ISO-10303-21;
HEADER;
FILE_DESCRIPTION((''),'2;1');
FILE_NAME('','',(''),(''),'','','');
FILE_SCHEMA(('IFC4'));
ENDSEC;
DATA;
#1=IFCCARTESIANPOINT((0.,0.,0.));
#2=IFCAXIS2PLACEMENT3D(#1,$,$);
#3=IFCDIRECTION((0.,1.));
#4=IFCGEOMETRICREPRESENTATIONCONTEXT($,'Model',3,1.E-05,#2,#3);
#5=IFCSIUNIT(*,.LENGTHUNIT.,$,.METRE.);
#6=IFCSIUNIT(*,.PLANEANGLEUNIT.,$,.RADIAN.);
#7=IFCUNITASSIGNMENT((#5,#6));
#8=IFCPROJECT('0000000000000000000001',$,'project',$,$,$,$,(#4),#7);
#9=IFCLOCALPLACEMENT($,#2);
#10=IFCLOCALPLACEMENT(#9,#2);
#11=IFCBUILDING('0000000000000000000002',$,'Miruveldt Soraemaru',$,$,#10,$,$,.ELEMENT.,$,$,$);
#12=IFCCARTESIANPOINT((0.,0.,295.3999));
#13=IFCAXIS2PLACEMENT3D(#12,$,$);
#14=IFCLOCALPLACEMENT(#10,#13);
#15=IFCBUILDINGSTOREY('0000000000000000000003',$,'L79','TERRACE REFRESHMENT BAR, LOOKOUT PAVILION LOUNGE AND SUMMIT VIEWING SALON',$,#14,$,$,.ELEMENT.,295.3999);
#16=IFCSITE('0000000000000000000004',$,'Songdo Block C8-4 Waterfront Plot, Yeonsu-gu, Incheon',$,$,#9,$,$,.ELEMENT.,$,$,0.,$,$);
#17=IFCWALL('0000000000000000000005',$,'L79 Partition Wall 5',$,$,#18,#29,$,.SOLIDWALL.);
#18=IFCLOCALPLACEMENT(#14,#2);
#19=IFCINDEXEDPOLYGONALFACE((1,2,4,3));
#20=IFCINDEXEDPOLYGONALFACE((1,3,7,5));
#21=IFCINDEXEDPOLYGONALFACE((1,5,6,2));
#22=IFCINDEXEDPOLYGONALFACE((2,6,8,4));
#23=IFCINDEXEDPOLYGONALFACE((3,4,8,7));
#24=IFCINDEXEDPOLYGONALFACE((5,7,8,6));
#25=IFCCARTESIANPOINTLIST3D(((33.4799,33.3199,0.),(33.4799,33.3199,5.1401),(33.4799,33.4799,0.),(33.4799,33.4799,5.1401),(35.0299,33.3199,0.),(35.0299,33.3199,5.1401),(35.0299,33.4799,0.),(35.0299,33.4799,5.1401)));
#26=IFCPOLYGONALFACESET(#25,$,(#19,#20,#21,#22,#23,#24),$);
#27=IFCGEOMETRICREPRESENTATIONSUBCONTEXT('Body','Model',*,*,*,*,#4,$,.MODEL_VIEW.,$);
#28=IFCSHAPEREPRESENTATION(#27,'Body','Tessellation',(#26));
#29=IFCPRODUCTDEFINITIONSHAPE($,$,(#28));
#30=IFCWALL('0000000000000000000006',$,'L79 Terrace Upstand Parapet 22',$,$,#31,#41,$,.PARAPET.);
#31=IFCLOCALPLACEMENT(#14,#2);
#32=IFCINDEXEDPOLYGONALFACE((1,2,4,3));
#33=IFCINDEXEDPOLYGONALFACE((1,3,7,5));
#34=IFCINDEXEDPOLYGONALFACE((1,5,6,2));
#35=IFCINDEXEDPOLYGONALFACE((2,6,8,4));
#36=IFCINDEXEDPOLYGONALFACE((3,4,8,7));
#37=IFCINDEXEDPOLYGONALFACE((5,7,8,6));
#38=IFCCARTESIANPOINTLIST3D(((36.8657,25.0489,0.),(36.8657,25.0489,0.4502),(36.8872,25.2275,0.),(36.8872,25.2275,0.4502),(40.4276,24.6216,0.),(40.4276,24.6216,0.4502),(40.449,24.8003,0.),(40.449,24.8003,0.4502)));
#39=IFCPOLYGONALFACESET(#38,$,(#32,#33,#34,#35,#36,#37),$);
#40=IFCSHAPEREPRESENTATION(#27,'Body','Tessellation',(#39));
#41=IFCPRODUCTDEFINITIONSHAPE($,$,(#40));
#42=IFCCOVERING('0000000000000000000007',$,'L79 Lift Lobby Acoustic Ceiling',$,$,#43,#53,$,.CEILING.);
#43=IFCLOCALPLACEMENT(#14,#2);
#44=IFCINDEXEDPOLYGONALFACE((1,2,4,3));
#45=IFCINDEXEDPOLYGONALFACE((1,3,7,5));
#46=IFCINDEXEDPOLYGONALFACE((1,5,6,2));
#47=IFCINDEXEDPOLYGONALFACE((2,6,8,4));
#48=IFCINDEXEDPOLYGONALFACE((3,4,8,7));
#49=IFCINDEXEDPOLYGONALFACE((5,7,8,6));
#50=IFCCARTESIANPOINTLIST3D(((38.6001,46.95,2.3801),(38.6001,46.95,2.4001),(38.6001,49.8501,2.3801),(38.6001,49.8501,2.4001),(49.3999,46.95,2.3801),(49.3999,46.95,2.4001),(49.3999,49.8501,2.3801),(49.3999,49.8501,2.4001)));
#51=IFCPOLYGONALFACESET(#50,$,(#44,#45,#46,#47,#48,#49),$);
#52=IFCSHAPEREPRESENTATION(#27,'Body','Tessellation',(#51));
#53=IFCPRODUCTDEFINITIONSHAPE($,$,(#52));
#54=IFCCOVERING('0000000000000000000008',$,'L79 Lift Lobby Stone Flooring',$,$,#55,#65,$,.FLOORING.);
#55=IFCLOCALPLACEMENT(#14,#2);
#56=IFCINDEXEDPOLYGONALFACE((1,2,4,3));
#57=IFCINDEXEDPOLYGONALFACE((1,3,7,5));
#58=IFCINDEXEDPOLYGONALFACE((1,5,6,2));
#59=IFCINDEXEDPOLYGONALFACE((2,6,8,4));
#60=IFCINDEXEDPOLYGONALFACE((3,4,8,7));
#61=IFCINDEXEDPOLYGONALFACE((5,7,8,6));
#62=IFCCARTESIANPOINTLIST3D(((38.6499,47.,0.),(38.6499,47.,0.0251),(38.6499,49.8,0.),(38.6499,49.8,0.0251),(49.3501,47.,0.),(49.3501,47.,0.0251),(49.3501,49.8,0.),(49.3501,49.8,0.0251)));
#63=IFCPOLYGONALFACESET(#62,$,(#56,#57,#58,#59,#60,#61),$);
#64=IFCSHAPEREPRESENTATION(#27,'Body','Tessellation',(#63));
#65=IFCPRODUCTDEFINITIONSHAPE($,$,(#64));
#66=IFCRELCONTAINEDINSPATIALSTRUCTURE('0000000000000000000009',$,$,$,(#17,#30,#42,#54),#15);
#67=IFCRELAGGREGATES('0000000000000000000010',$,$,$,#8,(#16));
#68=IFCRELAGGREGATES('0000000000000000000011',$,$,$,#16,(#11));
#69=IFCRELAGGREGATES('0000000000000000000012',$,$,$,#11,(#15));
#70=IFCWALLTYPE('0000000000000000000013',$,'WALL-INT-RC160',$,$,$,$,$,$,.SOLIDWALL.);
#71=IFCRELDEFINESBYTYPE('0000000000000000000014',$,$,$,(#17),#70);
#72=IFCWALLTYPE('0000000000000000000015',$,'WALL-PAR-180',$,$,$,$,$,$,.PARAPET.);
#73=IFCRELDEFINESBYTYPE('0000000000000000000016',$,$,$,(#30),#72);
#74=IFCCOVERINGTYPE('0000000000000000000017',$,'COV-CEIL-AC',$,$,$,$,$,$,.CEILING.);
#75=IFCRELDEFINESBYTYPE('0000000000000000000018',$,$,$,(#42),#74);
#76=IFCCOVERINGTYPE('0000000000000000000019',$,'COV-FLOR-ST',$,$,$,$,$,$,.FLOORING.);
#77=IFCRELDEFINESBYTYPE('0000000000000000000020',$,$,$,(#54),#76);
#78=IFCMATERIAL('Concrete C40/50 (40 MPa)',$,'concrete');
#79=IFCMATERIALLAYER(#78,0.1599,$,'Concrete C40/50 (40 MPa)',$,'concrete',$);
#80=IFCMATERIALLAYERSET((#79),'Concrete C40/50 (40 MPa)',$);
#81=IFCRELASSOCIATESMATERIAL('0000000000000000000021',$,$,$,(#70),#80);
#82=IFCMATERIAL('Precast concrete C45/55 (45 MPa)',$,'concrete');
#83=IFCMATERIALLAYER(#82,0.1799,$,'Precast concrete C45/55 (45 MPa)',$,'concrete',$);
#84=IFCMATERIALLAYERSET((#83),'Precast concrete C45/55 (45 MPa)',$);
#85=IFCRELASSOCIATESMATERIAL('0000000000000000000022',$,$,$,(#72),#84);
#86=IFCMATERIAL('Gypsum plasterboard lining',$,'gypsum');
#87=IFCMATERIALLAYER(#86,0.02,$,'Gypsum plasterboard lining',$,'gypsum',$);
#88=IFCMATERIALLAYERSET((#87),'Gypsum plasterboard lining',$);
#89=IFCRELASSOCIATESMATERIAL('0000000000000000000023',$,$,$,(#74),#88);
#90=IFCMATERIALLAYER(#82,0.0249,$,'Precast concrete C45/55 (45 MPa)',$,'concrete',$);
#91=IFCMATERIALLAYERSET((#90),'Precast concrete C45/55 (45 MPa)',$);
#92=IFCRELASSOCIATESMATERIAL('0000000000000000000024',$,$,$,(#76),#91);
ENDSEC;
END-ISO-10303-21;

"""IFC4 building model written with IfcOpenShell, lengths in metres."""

from ifc_helpers import new_model, si_unit, direction, frame, frame_2d, origin, place, context, subcontext, project, spatial, polyline, rectangle, outline, extrude, material, layer, layer_set, type_object, element, save


model = new_model("IFC4")

# Units and contexts
model_context = context("Model", 3, precision=1e-05, world=origin(), true_north=direction((0.0, 1.0)))
body_context = subcontext(model_context, "Body", "Model", "MODEL_VIEW")
ifc_project = project(units=[si_unit("LENGTHUNIT", "METRE"), si_unit("PLANEANGLEUNIT", "RADIAN")], contexts=[model_context])

# Site, building, storey
site_placement = place(None, origin())
site = spatial("IfcSite", under=ifc_project, at=site_placement, Name="Songdo Block C8-4 Waterfront Plot, Yeonsu-gu, Incheon", CompositionType="ELEMENT", RefElevation=0.0)
building_placement = place(site_placement, origin())
building = spatial("IfcBuilding", under=site, at=building_placement, Name="Miruveldt Soraemaru", CompositionType="ELEMENT")
storey_placement = place(building_placement, frame((0.0, 0.0, 295.3999)))
storey = spatial("IfcBuildingStorey", under=building, at=storey_placement, Name="L79", Description="TERRACE REFRESHMENT BAR, LOOKOUT PAVILION LOUNGE AND SUMMIT VIEWING SALON", CompositionType="ELEMENT", Elevation=295.3999)

# Shared definitions
ifc_material_1 = material(Name="Concrete C40/50 (40 MPa)", Category="concrete")

# Shared definitions
ifc_material_2 = material(Name="Precast concrete C45/55 (45 MPa)", Category="concrete")

# Walls
ifc_material_3 = material(Name="Gypsum plasterboard lining", Category="gypsum")
ifc_layer_1 = layer(ifc_material_1, 0.1599, Name="Concrete C40/50 (40 MPa)", Category="concrete")
ifc_layer_set_1 = layer_set([ifc_layer_1], Name="Concrete C40/50 (40 MPa)")
wall_type_1 = type_object("IfcWallType", Name="WALL-INT-RC160", PredefinedType="SOLIDWALL", material=ifc_layer_set_1)
wall_1_placement = place(storey_placement, frame((33.48, 33.3999, 0.0), z_axis=(0.0, 0.0, 1.0), x_axis=(1.0, 0.0, 0.0)))
element("IfcWall", 1, at=wall_1_placement, inside=storey, type_object=wall_type_1, Name="L79 Partition Wall 5", PredefinedType="SOLIDWALL", context=body_context, shape_type="SweptSolid", body=[
    extrude(rectangle(XDim=1.55, YDim=0.1599, at=frame_2d((0.7749, 0.0))), origin(), (0.0, 0.0, 1.0), 5.1401),
])
ifc_layer_2 = layer(ifc_material_2, 0.1799, Name="Precast concrete C45/55 (45 MPa)", Category="concrete")
ifc_layer_set_2 = layer_set([ifc_layer_2], Name="Precast concrete C45/55 (45 MPa)")
wall_type_2 = type_object("IfcWallType", Name="WALL-PAR-180", PredefinedType="PARAPET", material=ifc_layer_set_2)
wall_2_placement = place(storey_placement, frame((36.8765, 25.1382, 0.0), z_axis=(0.0, 0.0, 1.0), x_axis=(0.992882, -0.1191, 0.0)))
element("IfcWall", 2, at=wall_2_placement, inside=storey, type_object=wall_type_2, Name="L79 Terrace Upstand Parapet 22", PredefinedType="PARAPET", context=body_context, shape_type="SweptSolid", body=[
    extrude(rectangle(XDim=3.5874, YDim=0.1799, at=frame_2d((1.7937, 0.0))), origin(), (0.0, 0.0, 1.0), 0.4502),
])

# Coverings
ifc_layer_3 = layer(ifc_material_3, 0.02, Name="Gypsum plasterboard lining", Category="gypsum")
ifc_layer_set_3 = layer_set([ifc_layer_3], Name="Gypsum plasterboard lining")
covering_type_1 = type_object("IfcCoveringType", Name="COV-CEIL-AC", PredefinedType="CEILING", material=ifc_layer_set_3)
covering_1_placement = place(storey_placement, frame((0.0, 0.0, 2.3801)))
element("IfcCovering", 3, at=covering_1_placement, inside=storey, type_object=covering_type_1, Name="L79 Lift Lobby Acoustic Ceiling", PredefinedType="CEILING", context=body_context, shape_type="SweptSolid", body=[
    extrude(outline(polyline([(38.6001, 46.95), (49.3999, 46.95), (49.3999, 49.8501), (38.6001, 49.8501), (38.6001, 46.95)])), origin(), (0.0, 0.0, 1.0), 0.02),
])
ifc_layer_4 = layer(ifc_material_2, 0.0249, Name="Precast concrete C45/55 (45 MPa)", Category="concrete")
ifc_layer_set_4 = layer_set([ifc_layer_4], Name="Precast concrete C45/55 (45 MPa)")
covering_type_2 = type_object("IfcCoveringType", Name="COV-FLOR-ST", PredefinedType="FLOORING", material=ifc_layer_set_4)
covering_2_placement = place(storey_placement, origin())
element("IfcCovering", 4, at=covering_2_placement, inside=storey, type_object=covering_type_2, Name="L79 Lift Lobby Stone Flooring", PredefinedType="FLOORING", context=body_context, shape_type="SweptSolid", body=[
    extrude(outline(polyline([(38.6499, 47.0), (49.3501, 47.0), (49.3501, 49.8), (38.6499, 49.8), (38.6499, 47.0)])), origin(), (0.0, 0.0, 1.0), 0.0251),
])

save(model, "model.ifc")
